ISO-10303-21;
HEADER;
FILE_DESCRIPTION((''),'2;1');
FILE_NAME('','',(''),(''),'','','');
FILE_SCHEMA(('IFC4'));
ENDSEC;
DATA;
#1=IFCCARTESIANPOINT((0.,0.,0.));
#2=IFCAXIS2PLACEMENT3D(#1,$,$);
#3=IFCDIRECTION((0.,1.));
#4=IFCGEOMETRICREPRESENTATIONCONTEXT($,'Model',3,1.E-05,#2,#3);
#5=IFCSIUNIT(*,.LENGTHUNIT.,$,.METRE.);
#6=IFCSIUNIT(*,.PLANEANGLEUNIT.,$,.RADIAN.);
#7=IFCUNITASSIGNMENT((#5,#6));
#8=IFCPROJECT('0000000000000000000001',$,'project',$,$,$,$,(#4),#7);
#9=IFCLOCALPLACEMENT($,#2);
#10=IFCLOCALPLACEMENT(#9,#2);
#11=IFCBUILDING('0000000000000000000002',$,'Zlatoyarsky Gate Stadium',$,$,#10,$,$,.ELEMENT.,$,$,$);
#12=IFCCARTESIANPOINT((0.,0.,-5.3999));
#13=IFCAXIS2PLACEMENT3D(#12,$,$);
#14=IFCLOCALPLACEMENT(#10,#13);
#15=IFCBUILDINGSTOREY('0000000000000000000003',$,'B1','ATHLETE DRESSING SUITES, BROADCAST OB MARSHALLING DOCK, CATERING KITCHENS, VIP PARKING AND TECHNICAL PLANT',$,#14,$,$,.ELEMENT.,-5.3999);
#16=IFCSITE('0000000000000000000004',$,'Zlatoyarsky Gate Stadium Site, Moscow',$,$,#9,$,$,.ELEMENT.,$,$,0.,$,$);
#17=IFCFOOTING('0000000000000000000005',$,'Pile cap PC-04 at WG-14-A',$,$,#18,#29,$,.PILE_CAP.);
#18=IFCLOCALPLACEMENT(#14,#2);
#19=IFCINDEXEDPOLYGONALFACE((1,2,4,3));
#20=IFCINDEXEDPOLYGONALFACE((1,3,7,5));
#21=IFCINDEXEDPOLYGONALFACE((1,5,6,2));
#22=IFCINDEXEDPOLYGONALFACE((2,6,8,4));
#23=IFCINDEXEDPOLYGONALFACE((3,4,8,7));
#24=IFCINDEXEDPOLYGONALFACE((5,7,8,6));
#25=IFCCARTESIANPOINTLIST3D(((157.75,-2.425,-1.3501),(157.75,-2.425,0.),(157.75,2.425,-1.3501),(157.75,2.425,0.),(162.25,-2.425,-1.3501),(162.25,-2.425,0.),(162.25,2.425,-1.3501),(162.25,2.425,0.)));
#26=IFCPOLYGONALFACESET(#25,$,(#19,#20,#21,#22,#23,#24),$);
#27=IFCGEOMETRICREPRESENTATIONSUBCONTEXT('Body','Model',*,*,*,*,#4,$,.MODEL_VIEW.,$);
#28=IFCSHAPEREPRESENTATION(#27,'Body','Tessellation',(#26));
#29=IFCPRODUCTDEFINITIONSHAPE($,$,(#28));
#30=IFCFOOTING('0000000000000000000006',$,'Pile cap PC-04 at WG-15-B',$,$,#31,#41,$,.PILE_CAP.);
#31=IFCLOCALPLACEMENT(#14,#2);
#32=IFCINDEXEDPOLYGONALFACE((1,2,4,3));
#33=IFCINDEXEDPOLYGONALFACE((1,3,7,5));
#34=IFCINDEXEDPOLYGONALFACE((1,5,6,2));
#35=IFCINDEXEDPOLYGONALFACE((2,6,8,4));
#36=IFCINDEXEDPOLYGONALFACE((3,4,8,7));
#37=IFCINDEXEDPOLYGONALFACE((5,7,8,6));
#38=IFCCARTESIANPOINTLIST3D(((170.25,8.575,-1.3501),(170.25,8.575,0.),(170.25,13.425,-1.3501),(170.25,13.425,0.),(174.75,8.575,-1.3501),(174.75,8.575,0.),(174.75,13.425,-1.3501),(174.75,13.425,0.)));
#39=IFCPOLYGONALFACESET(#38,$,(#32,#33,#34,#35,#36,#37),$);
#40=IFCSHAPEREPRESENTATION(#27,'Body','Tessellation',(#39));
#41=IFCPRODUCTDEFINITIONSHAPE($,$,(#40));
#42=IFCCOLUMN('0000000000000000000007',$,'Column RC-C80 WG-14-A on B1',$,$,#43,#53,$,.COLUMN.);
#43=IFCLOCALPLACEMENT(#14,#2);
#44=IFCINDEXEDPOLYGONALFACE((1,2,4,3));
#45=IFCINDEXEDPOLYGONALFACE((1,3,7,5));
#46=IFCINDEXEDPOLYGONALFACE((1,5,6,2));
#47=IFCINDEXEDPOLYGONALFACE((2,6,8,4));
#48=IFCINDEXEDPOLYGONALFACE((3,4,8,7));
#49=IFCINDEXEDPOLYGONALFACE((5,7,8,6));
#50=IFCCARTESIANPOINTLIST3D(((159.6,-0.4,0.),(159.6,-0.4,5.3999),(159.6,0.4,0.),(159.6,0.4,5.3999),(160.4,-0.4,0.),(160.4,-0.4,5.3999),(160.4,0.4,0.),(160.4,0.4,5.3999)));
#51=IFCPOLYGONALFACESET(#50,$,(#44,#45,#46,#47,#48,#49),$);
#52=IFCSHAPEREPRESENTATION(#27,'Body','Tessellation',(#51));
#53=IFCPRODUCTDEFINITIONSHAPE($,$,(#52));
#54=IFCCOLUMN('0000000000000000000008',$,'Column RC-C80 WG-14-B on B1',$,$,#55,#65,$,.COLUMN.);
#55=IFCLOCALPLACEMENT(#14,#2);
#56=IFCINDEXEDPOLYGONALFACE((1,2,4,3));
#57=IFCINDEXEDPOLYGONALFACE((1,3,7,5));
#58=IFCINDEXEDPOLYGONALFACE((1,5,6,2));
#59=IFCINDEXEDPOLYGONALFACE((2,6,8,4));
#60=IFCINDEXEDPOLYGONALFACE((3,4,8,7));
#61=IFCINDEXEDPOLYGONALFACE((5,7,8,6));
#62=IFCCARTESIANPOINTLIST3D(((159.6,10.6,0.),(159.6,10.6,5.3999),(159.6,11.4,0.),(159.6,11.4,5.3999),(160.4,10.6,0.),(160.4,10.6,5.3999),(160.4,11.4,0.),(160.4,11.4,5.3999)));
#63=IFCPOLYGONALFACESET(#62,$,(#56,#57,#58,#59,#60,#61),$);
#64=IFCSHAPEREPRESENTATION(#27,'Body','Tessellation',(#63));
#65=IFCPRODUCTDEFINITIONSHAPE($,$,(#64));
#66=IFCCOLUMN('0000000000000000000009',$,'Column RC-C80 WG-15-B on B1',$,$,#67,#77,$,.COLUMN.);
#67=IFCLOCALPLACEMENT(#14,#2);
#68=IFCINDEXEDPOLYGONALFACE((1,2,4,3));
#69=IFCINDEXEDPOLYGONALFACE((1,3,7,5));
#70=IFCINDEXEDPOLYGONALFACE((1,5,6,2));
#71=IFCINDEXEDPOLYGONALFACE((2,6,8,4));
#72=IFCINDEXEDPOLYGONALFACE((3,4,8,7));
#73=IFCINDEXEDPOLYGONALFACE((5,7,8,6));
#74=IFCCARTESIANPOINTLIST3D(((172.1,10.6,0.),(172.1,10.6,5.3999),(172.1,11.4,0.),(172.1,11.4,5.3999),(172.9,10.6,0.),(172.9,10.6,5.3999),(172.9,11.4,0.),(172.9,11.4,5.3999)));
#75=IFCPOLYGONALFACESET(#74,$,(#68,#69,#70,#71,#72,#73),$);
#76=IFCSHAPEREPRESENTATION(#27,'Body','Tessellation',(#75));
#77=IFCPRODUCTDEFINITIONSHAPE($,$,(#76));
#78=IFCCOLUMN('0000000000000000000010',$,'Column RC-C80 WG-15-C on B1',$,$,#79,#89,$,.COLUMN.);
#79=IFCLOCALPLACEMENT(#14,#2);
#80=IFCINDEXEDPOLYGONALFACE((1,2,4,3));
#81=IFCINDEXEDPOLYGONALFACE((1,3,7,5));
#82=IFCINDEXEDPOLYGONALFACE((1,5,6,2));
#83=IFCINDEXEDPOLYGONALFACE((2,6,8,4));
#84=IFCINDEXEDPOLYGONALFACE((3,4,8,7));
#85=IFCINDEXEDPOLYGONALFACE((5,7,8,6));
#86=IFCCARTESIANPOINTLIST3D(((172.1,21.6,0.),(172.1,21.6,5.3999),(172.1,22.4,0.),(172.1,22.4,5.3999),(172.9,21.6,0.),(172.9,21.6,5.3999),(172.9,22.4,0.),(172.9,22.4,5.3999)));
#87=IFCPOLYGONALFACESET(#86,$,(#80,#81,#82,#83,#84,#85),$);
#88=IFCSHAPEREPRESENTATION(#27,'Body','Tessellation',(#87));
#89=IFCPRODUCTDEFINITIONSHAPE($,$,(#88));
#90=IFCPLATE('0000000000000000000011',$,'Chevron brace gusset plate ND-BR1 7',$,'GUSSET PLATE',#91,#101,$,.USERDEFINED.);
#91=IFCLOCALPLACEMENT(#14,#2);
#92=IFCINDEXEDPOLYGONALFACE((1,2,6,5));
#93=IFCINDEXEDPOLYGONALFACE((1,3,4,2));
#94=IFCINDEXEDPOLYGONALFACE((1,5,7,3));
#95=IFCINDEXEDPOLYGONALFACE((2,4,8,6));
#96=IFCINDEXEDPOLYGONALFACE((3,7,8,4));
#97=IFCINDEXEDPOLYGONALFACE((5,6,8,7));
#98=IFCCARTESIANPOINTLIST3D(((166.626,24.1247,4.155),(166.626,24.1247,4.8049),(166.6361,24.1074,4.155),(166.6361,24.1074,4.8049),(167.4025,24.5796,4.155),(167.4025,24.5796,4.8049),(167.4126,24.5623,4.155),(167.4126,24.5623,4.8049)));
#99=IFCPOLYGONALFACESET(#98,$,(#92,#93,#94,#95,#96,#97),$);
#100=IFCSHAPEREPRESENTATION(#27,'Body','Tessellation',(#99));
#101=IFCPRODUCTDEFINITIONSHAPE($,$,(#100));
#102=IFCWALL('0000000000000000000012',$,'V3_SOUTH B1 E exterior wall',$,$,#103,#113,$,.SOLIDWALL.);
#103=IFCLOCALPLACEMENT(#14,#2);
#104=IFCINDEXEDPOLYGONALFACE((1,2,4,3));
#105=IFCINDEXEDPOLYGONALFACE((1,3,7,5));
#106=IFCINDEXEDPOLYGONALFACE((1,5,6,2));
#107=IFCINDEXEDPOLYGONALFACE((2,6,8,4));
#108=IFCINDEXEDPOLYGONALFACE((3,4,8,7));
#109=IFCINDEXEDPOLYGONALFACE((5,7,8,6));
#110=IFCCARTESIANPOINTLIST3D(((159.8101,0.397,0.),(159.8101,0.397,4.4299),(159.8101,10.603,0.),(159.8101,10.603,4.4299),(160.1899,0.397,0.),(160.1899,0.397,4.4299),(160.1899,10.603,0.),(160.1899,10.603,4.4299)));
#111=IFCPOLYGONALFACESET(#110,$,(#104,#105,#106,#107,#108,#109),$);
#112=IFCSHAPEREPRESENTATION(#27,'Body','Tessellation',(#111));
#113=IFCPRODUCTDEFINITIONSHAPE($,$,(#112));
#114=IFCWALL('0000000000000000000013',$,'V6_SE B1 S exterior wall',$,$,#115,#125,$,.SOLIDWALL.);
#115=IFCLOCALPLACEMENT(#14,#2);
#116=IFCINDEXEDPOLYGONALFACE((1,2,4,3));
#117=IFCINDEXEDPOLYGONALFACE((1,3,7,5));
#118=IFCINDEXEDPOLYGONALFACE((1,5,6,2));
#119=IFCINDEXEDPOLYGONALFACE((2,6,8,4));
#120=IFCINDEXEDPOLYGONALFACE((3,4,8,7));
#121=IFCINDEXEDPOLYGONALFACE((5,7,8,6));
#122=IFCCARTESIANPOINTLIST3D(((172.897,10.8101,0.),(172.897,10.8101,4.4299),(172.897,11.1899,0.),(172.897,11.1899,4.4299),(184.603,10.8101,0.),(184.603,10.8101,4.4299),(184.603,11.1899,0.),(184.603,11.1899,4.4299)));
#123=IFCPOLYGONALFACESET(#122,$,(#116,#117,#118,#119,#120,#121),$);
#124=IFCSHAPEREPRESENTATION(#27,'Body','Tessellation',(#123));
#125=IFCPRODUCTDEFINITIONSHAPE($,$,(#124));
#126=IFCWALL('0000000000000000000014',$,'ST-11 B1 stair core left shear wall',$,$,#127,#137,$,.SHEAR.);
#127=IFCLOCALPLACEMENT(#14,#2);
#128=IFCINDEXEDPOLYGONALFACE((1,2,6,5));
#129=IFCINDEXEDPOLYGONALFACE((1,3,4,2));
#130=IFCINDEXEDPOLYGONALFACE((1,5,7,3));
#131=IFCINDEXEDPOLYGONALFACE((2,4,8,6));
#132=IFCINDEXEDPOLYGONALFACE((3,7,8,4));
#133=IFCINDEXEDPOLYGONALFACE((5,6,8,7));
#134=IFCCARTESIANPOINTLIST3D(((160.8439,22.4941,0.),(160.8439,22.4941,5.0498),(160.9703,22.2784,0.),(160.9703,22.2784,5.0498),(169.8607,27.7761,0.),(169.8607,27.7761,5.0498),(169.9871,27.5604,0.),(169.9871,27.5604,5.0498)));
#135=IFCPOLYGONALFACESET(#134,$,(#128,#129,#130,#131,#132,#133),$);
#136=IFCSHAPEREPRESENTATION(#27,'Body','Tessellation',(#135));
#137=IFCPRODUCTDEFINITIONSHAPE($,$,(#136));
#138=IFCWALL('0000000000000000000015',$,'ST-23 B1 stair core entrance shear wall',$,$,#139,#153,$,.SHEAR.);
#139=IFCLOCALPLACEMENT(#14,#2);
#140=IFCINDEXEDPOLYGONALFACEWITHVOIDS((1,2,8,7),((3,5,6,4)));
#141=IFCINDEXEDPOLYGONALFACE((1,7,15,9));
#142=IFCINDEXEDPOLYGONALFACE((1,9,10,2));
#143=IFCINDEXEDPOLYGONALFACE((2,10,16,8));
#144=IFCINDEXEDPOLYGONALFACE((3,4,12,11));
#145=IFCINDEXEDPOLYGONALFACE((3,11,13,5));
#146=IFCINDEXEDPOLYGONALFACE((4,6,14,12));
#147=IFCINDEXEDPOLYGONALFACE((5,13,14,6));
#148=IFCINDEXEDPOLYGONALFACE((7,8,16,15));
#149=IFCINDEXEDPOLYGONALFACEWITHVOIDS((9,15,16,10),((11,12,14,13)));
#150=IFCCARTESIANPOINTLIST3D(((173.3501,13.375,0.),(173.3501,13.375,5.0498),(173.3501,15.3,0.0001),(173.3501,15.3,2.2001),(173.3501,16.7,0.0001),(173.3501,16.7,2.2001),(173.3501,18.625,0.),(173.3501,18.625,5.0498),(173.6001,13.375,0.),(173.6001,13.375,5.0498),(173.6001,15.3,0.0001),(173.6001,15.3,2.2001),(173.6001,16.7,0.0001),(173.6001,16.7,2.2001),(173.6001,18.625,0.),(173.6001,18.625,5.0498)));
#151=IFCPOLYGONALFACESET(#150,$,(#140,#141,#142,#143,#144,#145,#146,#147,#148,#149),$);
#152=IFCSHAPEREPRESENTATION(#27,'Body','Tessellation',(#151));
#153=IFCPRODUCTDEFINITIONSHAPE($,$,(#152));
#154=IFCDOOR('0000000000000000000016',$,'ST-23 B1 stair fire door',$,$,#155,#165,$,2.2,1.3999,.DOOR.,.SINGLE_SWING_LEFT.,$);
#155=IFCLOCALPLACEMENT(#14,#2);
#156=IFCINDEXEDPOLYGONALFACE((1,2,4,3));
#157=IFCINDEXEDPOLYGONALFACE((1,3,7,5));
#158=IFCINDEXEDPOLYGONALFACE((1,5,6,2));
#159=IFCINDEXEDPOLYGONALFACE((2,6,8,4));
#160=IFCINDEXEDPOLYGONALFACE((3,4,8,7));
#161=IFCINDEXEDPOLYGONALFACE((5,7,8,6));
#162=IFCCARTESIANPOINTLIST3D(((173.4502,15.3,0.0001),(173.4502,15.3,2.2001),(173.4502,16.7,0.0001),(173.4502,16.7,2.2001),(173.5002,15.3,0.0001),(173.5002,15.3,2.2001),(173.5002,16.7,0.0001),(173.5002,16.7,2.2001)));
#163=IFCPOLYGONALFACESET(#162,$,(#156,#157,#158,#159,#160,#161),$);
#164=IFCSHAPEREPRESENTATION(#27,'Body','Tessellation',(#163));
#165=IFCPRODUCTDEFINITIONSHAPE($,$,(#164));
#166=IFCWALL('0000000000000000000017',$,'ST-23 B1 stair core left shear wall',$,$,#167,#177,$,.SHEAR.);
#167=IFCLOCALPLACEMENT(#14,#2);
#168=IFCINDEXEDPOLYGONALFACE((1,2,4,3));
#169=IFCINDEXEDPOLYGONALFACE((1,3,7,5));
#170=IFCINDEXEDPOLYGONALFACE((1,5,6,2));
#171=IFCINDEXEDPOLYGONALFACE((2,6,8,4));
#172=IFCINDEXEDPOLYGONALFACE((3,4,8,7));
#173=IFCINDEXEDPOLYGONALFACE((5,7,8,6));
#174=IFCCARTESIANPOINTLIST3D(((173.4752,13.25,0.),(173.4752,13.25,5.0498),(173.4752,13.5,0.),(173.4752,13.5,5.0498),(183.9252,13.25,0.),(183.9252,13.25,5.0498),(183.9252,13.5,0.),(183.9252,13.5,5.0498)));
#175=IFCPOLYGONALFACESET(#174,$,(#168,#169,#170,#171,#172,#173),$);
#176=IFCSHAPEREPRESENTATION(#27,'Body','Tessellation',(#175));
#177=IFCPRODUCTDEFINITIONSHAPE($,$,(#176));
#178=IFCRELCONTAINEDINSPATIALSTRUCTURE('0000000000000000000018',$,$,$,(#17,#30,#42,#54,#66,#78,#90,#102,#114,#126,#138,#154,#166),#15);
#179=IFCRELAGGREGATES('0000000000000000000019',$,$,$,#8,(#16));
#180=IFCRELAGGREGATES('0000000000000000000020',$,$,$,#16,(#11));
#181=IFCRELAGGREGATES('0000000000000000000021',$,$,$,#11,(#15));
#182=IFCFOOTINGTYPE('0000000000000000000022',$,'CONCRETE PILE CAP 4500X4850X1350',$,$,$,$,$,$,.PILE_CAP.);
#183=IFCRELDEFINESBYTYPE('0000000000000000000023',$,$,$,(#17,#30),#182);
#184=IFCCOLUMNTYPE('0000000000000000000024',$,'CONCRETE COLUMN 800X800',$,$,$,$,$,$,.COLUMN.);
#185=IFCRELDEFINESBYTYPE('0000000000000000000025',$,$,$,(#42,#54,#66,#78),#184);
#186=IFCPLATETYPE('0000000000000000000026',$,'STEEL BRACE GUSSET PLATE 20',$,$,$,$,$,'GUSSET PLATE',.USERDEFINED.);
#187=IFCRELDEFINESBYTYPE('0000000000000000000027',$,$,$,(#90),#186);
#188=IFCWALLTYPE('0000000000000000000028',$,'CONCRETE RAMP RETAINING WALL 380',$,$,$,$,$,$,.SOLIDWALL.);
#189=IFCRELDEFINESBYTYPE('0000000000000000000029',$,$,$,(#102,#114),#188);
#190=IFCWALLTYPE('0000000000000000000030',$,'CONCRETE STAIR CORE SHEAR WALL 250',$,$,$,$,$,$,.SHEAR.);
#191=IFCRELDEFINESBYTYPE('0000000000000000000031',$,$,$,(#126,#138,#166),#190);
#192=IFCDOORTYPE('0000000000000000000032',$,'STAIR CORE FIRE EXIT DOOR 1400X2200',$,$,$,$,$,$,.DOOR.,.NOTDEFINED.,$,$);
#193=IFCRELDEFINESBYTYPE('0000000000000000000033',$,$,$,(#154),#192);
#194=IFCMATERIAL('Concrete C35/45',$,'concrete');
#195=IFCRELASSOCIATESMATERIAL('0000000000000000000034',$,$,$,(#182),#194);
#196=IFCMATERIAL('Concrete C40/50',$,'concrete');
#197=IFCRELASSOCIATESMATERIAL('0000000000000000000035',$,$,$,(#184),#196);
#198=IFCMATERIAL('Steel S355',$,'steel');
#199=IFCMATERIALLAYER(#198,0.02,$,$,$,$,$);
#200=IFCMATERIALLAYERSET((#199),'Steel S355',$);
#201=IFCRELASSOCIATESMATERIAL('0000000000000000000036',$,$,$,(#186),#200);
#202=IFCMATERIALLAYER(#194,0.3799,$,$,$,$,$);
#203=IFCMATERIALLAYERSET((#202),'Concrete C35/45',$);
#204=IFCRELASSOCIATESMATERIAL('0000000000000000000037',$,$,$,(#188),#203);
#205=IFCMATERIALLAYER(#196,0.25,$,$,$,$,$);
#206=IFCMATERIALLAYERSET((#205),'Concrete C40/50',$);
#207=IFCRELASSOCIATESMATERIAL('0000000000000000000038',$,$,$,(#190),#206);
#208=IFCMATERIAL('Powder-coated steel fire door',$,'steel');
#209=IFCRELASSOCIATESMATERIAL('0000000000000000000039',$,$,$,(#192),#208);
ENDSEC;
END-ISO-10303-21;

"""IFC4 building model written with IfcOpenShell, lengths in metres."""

from ifc_helpers import new_model, si_unit, direction, frame, frame_2d, origin, origin_2d, place, context, subcontext, project, spatial, rectangle, extrude, material, layer, layer_set, material_profile, profile_set, type_object, element, fill, save


model = new_model("IFC4")

# Units and contexts
model_context = context("Model", 3, precision=1e-05, world=origin(), true_north=direction((0.0, 1.0)))
body_context = subcontext(model_context, "Body", "Model", "MODEL_VIEW")
ifc_project = project(units=[si_unit("LENGTHUNIT", "METRE"), si_unit("PLANEANGLEUNIT", "RADIAN")], contexts=[model_context])

# Site, building, storey
site_placement = place(None, origin())
site = spatial("IfcSite", under=ifc_project, at=site_placement, Name="Zlatoyarsky Gate Stadium Site, Moscow", CompositionType="ELEMENT", RefElevation=0.0)
building_placement = place(site_placement, origin())
building = spatial("IfcBuilding", under=site, at=building_placement, Name="Zlatoyarsky Gate Stadium", CompositionType="ELEMENT")
storey_placement = place(building_placement, frame((0.0, 0.0, -5.3999)))
storey = spatial("IfcBuildingStorey", under=building, at=storey_placement, Name="B1", Description="ATHLETE DRESSING SUITES, BROADCAST OB MARSHALLING DOCK, CATERING KITCHENS, VIP PARKING AND TECHNICAL PLANT", CompositionType="ELEMENT", Elevation=-5.3999)

# Shared definitions
ifc_material_1 = material(Name="Concrete C35/45", Category="concrete")

# Footings
footing_type_1 = type_object("IfcFootingType", Name="CONCRETE PILE CAP 4500X4850X1350", PredefinedType="PILE_CAP", material=ifc_material_1)
for number, where, z_axis, x_axis, name in (
    (1, (160.0, 0.0, -1.3501), (0.0, 0.0, 1.0), (1.0, 0.0, 0.0), "Pile cap PC-04 at WG-14-A"),
    (2, (172.5, 11.0, -1.3501), (0.0, 0.0, 1.0), (1.0, 0.0, 0.0), "Pile cap PC-04 at WG-15-B"),
):
    element("IfcFooting", number, at=place(storey_placement, frame(where, z_axis=z_axis, x_axis=x_axis)), inside=storey, type_object=footing_type_1, Name=name, PredefinedType="PILE_CAP", context=body_context, shape_type="SweptSolid", body=[
        extrude(rectangle(XDim=4.5, YDim=4.8501, at=origin_2d()), origin(), (0.0, 0.0, 1.0), 1.3501),
    ])

# Columns
ifc_material_2 = material(Name="Concrete C40/50", Category="concrete")
ifc_material_profile_1 = material_profile(ifc_material_2, rectangle(XDim=0.8, YDim=0.8, at=origin_2d()), Name="RC COL 800X800")
ifc_profile_set_1 = profile_set([ifc_material_profile_1], Name="Concrete C40/50")
column_type = type_object("IfcColumnType", Name="CONCRETE COLUMN 800X800", PredefinedType="COLUMN", material=ifc_profile_set_1)
for number, where, z_axis, x_axis, name in (
    (3, (160.0, 0.0, 0.0), (0.0, 0.0, 1.0), (1.0, 0.0, 0.0), "Column RC-C80 WG-14-A on B1"),
    (4, (160.0, 11.0, 0.0), (0.0, 0.0, 1.0), (1.0, 0.0, 0.0), "Column RC-C80 WG-14-B on B1"),
    (5, (172.5, 11.0, 0.0), (0.0, 0.0, 1.0), (1.0, 0.0, 0.0), "Column RC-C80 WG-15-B on B1"),
    (6, (172.5, 22.0, 0.0), (0.0, 0.0, 1.0), (1.0, 0.0, 0.0), "Column RC-C80 WG-15-C on B1"),
):
    element("IfcColumn", number, at=place(storey_placement, frame(where, z_axis=z_axis, x_axis=x_axis)), inside=storey, type_object=column_type, Name=name, PredefinedType="COLUMN", context=body_context, shape_type="SweptSolid", body=[
        extrude(rectangle(XDim=0.8, YDim=0.8, at=origin_2d()), origin(), (0.0, 0.0, 1.0), 5.3999),
    ])

# Plate
ifc_material_3 = material(Name="Steel S355", Category="steel")
ifc_layer_1 = layer(ifc_material_3, 0.02)
ifc_layer_set_1 = layer_set([ifc_layer_1], Name="Steel S355")
plate_type = type_object("IfcPlateType", Name="STEEL BRACE GUSSET PLATE 20", ElementType="GUSSET PLATE", PredefinedType="USERDEFINED", material=ifc_layer_set_1)
plate_placement = place(storey_placement, frame((167.0193, 24.3435, 4.155), z_axis=(0.0, 0.0, 1.0), x_axis=(0.862848, 0.505464, 0.0)))
element("IfcPlate", 7, at=plate_placement, inside=storey, type_object=plate_type, Name="Chevron brace gusset plate ND-BR1 7", ObjectType="GUSSET PLATE", PredefinedType="USERDEFINED", context=body_context, shape_type="SweptSolid", body=[
    extrude(rectangle(XDim=0.8999, YDim=0.02, at=origin_2d()), origin(), (0.0, 0.0, 1.0), 0.6499),
])

# Walls
ifc_layer_2 = layer(ifc_material_1, 0.3799)
ifc_layer_set_2 = layer_set([ifc_layer_2], Name="Concrete C35/45")
wall_type_1 = type_object("IfcWallType", Name="CONCRETE RAMP RETAINING WALL 380", PredefinedType="SOLIDWALL", material=ifc_layer_set_2)
wall_1_placement = place(storey_placement, frame((160.0, 0.397, 0.0), z_axis=(0.0, 0.0, 1.0), x_axis=(0.0, 1.0, 0.0)))
element("IfcWall", 8, at=wall_1_placement, inside=storey, type_object=wall_type_1, Name="V3_SOUTH B1 E exterior wall", PredefinedType="SOLIDWALL", context=body_context, shape_type="SweptSolid", body=[
    extrude(rectangle(XDim=10.2061, YDim=0.3799, at=frame_2d((5.103, 0.0))), origin(), (0.0, 0.0, 1.0), 4.4299),
])
wall_2_placement = place(storey_placement, frame((172.897, 11.0, 0.0), z_axis=(0.0, 0.0, 1.0), x_axis=(1.0, 0.0, 0.0)))
element("IfcWall", 9, at=wall_2_placement, inside=storey, type_object=wall_type_1, Name="V6_SE B1 S exterior wall", PredefinedType="SOLIDWALL", context=body_context, shape_type="SweptSolid", body=[
    extrude(rectangle(XDim=11.7061, YDim=0.3799, at=frame_2d((5.853, 0.0))), origin(), (0.0, 0.0, 1.0), 4.4299),
])
ifc_layer_3 = layer(ifc_material_2, 0.25)
ifc_layer_set_3 = layer_set([ifc_layer_3], Name="Concrete C40/50")
wall_type_2 = type_object("IfcWallType", Name="CONCRETE STAIR CORE SHEAR WALL 250", PredefinedType="SHEAR", material=ifc_layer_set_3)
wall_3_placement = place(storey_placement, frame((160.907, 22.3862, 0.0), z_axis=(0.0, 0.0, 1.0), x_axis=(0.862855, 0.505452, 0.0)))
element("IfcWall", 10, at=wall_3_placement, inside=storey, type_object=wall_type_2, Name="ST-11 B1 stair core left shear wall", PredefinedType="SHEAR", context=body_context, shape_type="SweptSolid", body=[
    extrude(rectangle(XDim=10.45, YDim=0.25, at=frame_2d((5.2251, 0.0))), origin(), (0.0, 0.0, 1.0), 5.0498),
])

# Wall, opening, door
wall_4_placement = place(storey_placement, frame((173.4751, 18.625, 0.0), z_axis=(0.0, 0.0, 1.0), x_axis=(0.0, -1.0, 0.0)))
wall_4 = element("IfcWall", 11, at=wall_4_placement, inside=storey, type_object=wall_type_2, Name="ST-23 B1 stair core entrance shear wall", PredefinedType="SHEAR", context=body_context, shape_type="SweptSolid", body=[
    extrude(rectangle(XDim=5.25, YDim=0.25, at=frame_2d((2.625, 0.0))), origin(), (0.0, 0.0, 1.0), 5.0498),
])
opening_placement = place(wall_4_placement, frame((1.925, 0.0, 0.0)))
opening = element("IfcOpeningElement", 12, at=opening_placement, cuts=wall_4, PredefinedType="OPENING", context=body_context, shape_type="SweptSolid", body=[
    extrude(rectangle(XDim=1.3999, YDim=2.2, at=frame_2d((0.7, 1.1001))), frame((0.0, 0.135, 0.0), z_axis=(0.0, -1.0, 0.0), x_axis=(1.0, 0.0, 0.0)), (0.0, 0.0, 1.0), 0.27),
])
ifc_material_4 = material(Name="Powder-coated steel fire door", Category="steel")
door_type = type_object("IfcDoorType", Name="STAIR CORE FIRE EXIT DOOR 1400X2200", OperationType="NOTDEFINED", PredefinedType="DOOR", material=ifc_material_4)
door_placement = place(opening_placement, frame((1.3999, 0.0, 0.0), z_axis=(0.0, 0.0, 1.0), x_axis=(-1.0, 0.0, 0.0)))
door = element("IfcDoor", 13, at=door_placement, inside=storey, type_object=door_type, Name="ST-23 B1 stair fire door", OperationType="SINGLE_SWING_LEFT", OverallHeight=2.2, OverallWidth=1.3999, PredefinedType="DOOR", context=body_context, shape_type="SweptSolid", body=[
    extrude(rectangle(XDim=1.3999, YDim=2.2, at=frame_2d((0.7, 1.1001))), frame((0.0, 0.0249, 0.0), z_axis=(0.0, -1.0, 0.0), x_axis=(1.0, 0.0, 0.0)), (0.0, 0.0, 1.0), 0.05),
])
fill(opening, door)

# Wall
wall_5_placement = place(storey_placement, frame((173.4751, 13.375, 0.0), z_axis=(0.0, 0.0, 1.0), x_axis=(1.0, 0.0, 0.0)))
element("IfcWall", 14, at=wall_5_placement, inside=storey, type_object=wall_type_2, Name="ST-23 B1 stair core left shear wall", PredefinedType="SHEAR", context=body_context, shape_type="SweptSolid", body=[
    extrude(rectangle(XDim=10.45, YDim=0.25, at=frame_2d((5.2251, 0.0))), origin(), (0.0, 0.0, 1.0), 5.0498),
])

save(model, "model.ifc")
